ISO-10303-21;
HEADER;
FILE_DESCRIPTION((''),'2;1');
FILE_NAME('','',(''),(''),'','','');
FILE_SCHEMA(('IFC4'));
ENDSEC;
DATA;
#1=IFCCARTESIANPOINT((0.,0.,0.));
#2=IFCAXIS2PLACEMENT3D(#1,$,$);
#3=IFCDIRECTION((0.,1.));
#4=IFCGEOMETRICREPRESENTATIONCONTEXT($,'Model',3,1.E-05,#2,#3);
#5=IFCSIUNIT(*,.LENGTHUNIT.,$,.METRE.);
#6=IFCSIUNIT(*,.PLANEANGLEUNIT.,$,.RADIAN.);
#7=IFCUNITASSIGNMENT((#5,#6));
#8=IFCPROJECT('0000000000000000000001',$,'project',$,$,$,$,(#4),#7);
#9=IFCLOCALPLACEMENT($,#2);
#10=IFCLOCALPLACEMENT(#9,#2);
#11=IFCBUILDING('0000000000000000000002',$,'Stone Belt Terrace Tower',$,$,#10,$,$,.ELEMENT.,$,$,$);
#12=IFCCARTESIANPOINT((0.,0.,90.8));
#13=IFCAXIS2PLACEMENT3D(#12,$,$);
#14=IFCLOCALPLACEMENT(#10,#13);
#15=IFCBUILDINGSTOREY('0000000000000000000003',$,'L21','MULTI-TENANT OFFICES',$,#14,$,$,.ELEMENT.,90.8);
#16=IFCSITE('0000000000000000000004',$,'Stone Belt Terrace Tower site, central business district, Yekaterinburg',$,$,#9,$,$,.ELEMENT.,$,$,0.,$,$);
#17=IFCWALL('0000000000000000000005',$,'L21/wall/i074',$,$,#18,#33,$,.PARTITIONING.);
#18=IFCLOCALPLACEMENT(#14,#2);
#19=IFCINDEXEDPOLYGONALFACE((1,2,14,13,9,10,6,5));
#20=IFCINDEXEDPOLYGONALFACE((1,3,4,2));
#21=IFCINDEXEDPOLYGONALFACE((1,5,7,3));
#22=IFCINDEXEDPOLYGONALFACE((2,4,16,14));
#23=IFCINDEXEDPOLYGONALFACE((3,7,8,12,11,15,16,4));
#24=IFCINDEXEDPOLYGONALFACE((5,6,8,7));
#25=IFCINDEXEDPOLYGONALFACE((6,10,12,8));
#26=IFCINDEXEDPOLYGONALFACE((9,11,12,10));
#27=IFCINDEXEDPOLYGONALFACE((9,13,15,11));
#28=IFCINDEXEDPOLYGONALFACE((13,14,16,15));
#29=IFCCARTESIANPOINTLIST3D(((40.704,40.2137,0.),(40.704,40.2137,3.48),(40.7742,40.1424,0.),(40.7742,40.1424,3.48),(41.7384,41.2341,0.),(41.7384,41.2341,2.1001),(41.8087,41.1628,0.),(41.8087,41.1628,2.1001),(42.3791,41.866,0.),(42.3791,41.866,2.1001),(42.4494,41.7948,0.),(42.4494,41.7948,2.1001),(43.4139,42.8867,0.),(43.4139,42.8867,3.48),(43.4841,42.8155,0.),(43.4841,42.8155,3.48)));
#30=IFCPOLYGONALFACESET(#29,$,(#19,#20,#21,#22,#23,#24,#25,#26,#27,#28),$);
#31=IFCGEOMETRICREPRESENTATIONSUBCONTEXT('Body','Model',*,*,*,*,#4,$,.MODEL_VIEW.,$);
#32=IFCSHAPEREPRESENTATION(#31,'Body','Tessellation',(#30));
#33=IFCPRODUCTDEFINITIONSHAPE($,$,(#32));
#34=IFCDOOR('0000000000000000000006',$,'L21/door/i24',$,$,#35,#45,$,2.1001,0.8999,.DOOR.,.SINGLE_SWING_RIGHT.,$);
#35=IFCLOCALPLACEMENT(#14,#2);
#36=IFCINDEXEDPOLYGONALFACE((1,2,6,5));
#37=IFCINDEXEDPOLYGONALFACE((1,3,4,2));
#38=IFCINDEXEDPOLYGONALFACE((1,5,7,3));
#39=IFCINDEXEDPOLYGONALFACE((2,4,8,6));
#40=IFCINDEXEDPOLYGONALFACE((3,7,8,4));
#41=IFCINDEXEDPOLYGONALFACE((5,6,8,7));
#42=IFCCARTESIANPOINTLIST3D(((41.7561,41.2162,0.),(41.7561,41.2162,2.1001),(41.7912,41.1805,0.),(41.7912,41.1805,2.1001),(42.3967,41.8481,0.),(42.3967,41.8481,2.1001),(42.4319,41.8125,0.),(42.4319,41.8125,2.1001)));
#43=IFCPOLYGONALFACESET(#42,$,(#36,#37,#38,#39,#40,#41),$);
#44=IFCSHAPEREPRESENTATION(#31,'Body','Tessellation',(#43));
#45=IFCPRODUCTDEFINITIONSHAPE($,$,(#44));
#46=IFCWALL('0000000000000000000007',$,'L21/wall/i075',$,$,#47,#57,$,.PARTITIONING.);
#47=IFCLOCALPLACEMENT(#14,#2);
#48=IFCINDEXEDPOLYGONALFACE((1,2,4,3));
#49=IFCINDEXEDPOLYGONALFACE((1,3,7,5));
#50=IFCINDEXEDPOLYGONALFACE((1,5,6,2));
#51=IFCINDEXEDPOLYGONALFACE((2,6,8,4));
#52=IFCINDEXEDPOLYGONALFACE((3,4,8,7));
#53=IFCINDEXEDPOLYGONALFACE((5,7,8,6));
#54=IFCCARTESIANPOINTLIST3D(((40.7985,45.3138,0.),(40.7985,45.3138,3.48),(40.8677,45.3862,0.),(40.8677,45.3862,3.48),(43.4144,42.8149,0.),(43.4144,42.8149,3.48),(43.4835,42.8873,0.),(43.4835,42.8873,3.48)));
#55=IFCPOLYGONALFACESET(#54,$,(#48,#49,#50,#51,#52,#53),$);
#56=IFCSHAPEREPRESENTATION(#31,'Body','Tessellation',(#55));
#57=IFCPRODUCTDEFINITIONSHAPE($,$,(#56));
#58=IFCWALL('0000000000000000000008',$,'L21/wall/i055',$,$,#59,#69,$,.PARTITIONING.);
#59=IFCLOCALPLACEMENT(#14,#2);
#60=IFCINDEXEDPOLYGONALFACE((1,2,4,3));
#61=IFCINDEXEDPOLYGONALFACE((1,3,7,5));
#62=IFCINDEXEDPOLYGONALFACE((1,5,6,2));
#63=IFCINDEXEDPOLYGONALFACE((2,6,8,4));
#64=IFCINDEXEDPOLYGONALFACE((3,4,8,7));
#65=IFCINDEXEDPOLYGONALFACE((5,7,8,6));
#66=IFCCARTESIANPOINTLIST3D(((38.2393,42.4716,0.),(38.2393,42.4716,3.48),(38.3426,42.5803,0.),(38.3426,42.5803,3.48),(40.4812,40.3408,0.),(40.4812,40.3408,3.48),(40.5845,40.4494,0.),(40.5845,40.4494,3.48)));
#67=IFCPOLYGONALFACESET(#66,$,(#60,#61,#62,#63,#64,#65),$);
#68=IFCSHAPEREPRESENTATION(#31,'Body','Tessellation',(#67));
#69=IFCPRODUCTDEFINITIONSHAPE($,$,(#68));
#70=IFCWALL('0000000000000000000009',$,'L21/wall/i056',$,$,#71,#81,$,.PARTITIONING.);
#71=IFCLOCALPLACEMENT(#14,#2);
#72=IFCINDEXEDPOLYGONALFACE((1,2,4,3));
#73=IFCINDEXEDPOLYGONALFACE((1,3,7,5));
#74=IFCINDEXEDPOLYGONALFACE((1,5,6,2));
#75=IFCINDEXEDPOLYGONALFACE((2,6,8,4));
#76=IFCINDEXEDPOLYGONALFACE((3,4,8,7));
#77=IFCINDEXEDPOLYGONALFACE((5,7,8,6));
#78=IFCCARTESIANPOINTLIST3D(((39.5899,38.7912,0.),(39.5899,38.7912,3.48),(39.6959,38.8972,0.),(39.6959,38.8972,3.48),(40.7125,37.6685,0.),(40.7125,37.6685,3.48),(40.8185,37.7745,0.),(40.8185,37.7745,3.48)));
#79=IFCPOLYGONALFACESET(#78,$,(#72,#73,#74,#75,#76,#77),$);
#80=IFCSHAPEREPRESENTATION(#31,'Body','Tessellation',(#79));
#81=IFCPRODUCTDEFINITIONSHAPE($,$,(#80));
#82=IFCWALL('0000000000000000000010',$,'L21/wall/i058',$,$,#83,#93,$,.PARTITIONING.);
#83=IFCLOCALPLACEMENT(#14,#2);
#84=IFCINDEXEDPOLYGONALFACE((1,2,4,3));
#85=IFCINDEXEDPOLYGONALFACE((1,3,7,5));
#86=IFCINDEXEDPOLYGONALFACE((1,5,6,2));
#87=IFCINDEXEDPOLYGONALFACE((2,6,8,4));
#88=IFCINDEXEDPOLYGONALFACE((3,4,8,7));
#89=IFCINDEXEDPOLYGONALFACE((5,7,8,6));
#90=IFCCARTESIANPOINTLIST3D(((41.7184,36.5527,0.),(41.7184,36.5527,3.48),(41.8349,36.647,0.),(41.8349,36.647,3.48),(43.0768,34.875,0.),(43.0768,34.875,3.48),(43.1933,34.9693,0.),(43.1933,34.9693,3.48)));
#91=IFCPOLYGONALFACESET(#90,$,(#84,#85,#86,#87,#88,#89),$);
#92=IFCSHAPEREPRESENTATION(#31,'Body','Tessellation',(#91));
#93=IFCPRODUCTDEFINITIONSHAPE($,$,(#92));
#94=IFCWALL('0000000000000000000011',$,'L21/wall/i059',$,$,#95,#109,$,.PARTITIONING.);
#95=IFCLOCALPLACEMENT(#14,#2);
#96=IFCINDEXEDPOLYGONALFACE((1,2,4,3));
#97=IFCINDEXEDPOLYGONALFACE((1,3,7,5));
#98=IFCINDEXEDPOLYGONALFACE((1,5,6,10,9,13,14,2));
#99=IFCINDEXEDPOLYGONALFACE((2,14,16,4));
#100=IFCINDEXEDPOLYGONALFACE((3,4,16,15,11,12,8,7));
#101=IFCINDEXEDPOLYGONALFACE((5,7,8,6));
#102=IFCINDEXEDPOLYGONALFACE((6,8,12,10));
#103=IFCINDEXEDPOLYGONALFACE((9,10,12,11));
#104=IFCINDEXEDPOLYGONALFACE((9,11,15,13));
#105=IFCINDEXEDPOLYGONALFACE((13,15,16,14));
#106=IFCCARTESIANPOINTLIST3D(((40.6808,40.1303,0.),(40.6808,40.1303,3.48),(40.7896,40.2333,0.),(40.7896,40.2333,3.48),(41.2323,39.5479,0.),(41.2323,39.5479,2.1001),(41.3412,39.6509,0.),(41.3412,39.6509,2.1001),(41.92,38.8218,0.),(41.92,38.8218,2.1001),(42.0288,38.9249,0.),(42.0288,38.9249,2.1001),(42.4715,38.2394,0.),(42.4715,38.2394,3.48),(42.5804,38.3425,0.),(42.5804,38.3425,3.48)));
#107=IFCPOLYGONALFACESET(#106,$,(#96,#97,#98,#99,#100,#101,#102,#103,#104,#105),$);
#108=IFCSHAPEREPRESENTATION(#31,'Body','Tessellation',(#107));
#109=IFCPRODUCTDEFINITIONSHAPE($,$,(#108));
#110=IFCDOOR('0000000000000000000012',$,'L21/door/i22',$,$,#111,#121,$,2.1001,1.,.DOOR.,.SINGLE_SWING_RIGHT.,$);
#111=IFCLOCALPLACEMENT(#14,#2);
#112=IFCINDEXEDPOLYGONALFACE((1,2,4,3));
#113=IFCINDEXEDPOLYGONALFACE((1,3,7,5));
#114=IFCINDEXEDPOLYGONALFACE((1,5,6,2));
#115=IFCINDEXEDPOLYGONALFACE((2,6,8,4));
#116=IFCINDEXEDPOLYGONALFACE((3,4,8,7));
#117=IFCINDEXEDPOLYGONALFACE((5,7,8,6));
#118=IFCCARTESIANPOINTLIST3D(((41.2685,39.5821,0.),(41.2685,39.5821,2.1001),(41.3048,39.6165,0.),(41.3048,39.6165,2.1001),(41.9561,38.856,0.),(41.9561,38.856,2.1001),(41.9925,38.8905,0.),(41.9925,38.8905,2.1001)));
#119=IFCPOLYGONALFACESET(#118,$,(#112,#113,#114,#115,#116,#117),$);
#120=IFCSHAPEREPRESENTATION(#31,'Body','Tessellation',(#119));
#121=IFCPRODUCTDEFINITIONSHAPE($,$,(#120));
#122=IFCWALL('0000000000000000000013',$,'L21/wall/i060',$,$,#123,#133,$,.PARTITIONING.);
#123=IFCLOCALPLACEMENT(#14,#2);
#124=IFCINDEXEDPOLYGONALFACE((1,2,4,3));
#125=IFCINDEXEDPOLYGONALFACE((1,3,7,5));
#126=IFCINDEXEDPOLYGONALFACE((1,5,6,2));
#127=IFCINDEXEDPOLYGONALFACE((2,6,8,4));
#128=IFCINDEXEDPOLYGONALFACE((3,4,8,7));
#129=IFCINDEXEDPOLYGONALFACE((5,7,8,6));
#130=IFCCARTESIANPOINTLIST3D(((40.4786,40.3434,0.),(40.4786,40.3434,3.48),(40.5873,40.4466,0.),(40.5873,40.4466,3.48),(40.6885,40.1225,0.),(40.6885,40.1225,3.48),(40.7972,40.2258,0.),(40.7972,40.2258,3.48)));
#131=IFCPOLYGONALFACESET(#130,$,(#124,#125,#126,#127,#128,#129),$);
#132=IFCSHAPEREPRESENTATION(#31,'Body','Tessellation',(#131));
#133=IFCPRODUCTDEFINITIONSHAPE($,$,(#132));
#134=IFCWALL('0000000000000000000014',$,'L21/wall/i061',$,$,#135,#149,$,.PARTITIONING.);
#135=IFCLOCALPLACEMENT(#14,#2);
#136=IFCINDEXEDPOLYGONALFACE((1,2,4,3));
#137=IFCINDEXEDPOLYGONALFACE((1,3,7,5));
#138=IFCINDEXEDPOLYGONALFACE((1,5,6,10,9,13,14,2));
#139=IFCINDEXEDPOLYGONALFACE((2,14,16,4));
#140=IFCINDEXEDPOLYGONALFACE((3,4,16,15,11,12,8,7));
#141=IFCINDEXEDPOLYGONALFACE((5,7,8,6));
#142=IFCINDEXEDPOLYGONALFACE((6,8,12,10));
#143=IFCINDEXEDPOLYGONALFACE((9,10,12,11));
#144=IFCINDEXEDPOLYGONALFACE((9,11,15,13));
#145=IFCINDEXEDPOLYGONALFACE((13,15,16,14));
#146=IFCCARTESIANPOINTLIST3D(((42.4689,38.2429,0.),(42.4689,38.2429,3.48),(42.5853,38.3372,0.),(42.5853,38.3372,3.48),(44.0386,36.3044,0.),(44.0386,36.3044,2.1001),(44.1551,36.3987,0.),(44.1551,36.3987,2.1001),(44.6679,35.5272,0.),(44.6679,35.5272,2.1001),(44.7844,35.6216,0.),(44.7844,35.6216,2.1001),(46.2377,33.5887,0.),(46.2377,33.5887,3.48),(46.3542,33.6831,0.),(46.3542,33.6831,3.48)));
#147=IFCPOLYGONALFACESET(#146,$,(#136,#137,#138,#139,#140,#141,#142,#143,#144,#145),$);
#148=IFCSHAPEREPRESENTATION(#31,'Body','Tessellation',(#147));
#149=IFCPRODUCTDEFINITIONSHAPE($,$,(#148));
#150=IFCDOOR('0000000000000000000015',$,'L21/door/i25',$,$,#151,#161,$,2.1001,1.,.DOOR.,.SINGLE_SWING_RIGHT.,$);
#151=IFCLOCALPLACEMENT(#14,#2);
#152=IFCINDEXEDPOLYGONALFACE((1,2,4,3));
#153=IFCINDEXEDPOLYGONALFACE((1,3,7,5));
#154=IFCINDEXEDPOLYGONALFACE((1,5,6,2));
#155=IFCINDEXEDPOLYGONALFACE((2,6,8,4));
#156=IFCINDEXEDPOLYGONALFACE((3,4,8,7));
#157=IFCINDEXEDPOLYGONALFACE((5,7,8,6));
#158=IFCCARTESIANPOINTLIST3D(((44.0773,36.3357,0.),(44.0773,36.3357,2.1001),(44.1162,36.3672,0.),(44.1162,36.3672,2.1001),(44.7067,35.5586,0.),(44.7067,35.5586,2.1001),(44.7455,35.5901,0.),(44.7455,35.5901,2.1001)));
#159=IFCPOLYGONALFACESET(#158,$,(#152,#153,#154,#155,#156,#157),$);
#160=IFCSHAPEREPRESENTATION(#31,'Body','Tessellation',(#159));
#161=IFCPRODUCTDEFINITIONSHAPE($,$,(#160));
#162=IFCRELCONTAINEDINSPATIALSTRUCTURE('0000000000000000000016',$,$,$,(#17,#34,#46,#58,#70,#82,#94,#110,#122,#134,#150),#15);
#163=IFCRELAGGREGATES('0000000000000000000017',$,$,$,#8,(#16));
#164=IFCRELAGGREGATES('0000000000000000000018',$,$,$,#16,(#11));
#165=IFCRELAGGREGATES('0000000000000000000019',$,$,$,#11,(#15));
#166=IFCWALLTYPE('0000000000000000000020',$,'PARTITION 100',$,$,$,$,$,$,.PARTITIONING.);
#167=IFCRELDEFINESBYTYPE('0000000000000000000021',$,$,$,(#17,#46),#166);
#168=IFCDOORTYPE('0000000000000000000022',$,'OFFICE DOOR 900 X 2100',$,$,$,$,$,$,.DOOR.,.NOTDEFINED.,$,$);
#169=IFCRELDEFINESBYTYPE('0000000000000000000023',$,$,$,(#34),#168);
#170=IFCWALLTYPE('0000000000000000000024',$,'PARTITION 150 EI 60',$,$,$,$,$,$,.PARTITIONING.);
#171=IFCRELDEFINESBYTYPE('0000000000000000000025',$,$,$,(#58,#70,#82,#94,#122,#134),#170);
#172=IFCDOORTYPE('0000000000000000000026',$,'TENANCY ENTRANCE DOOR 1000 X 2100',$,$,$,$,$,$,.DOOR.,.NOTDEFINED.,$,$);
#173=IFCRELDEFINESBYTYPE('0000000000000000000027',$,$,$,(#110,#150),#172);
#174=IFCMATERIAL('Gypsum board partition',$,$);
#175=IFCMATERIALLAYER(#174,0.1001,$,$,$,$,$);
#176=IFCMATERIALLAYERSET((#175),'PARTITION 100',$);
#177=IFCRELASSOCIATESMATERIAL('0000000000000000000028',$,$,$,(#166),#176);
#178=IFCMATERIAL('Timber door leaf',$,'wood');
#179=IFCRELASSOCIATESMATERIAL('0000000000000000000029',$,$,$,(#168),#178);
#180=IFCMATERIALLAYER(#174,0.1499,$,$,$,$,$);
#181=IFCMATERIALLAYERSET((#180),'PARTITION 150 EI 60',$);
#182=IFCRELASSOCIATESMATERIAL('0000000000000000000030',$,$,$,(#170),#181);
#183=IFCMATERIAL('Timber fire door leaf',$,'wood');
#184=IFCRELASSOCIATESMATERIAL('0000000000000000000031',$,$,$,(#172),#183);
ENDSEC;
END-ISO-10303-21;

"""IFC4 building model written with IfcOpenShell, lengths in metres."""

from ifc_helpers import new_model, si_unit, direction, frame, frame_2d, origin, place, context, subcontext, project, spatial, rectangle, extrude, material, layer, layer_set, type_object, element, fill, save


model = new_model("IFC4")

# Units and contexts
model_context = context("Model", 3, precision=1e-05, world=origin(), true_north=direction((0.0, 1.0)))
body_context = subcontext(model_context, "Body", "Model", "MODEL_VIEW")
ifc_project = project(units=[si_unit("LENGTHUNIT", "METRE"), si_unit("PLANEANGLEUNIT", "RADIAN")], contexts=[model_context])

# Site, building, storey
site_placement = place(None, origin())
site = spatial("IfcSite", under=ifc_project, at=site_placement, Name="Stone Belt Terrace Tower site, central business district, Yekaterinburg", CompositionType="ELEMENT", RefElevation=0.0)
building_placement = place(site_placement, origin())
building = spatial("IfcBuilding", under=site, at=building_placement, Name="Stone Belt Terrace Tower", CompositionType="ELEMENT")
storey_placement = place(building_placement, frame((0.0, 0.0, 90.8)))
storey = spatial("IfcBuildingStorey", under=building, at=storey_placement, Name="L21", Description="MULTI-TENANT OFFICES", CompositionType="ELEMENT", Elevation=90.8)

# Shared definitions
ifc_material_1 = material(Name="Gypsum board partition")
ifc_layer_1 = layer(ifc_material_1, 0.1001)
ifc_layer_set_1 = layer_set([ifc_layer_1], Name="PARTITION 100")
wall_type_1 = type_object("IfcWallType", Name="PARTITION 100", PredefinedType="PARTITIONING", material=ifc_layer_set_1)

# Wall, opening, door
wall_1_placement = place(storey_placement, frame((40.739, 40.178, 0.0), z_axis=(0.0, 0.0, 1.0), x_axis=(0.711933, 0.702248, 0.0)))
wall_1 = element("IfcWall", 1, at=wall_1_placement, inside=storey, type_object=wall_type_1, Name="L21/wall/i074", PredefinedType="PARTITIONING", context=body_context, shape_type="SweptSolid", body=[
    extrude(rectangle(XDim=3.8064, YDim=0.1001, at=frame_2d((1.9033, 0.0))), origin(), (0.0, 0.0, 1.0), 3.48),
])
opening_1_placement = place(wall_1_placement, frame((1.4531, 0.0, 0.0)))
opening_1 = element("IfcOpeningElement", 2, at=opening_1_placement, cuts=wall_1, PredefinedType="OPENING", context=body_context, shape_type="SweptSolid", body=[
    extrude(rectangle(XDim=0.8999, YDim=2.1001, at=frame_2d((0.45, 1.05))), frame((0.0, 0.0601, 0.0), z_axis=(0.0, -1.0, 0.0), x_axis=(1.0, 0.0, 0.0)), (0.0, 0.0, 1.0), 0.1201),
])
ifc_material_2 = material(Name="Timber door leaf", Category="wood")
door_type_1 = type_object("IfcDoorType", Name="OFFICE DOOR 900 X 2100", OperationType="NOTDEFINED", PredefinedType="DOOR", material=ifc_material_2)
door_1_placement = place(opening_1_placement, origin())
door_1 = element("IfcDoor", 3, at=door_1_placement, inside=storey, type_object=door_type_1, Name="L21/door/i24", OperationType="SINGLE_SWING_RIGHT", OverallHeight=2.1001, OverallWidth=0.8999, PredefinedType="DOOR", context=body_context, shape_type="SweptSolid", body=[
    extrude(rectangle(XDim=0.8999, YDim=2.1001, at=frame_2d((0.45, 1.05))), frame((0.0, 0.0249, 0.0), z_axis=(0.0, -1.0, 0.0), x_axis=(1.0, 0.0, 0.0)), (0.0, 0.0, 1.0), 0.05),
])
fill(opening_1, door_1)

# Walls
wall_2_placement = place(storey_placement, frame((43.449, 42.8511, 0.0), z_axis=(0.0, 0.0, 1.0), x_axis=(-0.723084, 0.69076, 0.0)))
element("IfcWall", 4, at=wall_2_placement, inside=storey, type_object=wall_type_1, Name="L21/wall/i075", PredefinedType="PARTITIONING", context=body_context, shape_type="SweptSolid", body=[
    extrude(rectangle(XDim=3.6177, YDim=0.1001, at=frame_2d((1.8088, 0.0))), origin(), (0.0, 0.0, 1.0), 3.48),
])
ifc_layer_2 = layer(ifc_material_1, 0.1499)
ifc_layer_set_2 = layer_set([ifc_layer_2], Name="PARTITION 150 EI 60")
wall_type_2 = type_object("IfcWallType", Name="PARTITION 150 EI 60", PredefinedType="PARTITIONING", material=ifc_layer_set_2)
wall_3_placement = place(storey_placement, frame((38.291, 42.5259, 0.0), z_axis=(0.0, 0.0, 1.0), x_axis=(0.724836, -0.688922, 0.0)))
element("IfcWall", 5, at=wall_3_placement, inside=storey, type_object=wall_type_2, Name="L21/wall/i055", PredefinedType="PARTITIONING", context=body_context, shape_type="SweptSolid", body=[
    extrude(rectangle(XDim=3.093, YDim=0.1499, at=frame_2d((1.5464, 0.0))), origin(), (0.0, 0.0, 1.0), 3.48),
])
wall_4_placement = place(storey_placement, frame((40.7656, 37.7214, 0.0), z_axis=(0.0, 0.0, 1.0), x_axis=(-0.707107, 0.707107, 0.0)))
element("IfcWall", 6, at=wall_4_placement, inside=storey, type_object=wall_type_2, Name="L21/wall/i056", PredefinedType="PARTITIONING", context=body_context, shape_type="SweptSolid", body=[
    extrude(rectangle(XDim=1.5876, YDim=0.1499, at=frame_2d((0.7939, 0.0))), origin(), (0.0, 0.0, 1.0), 3.48),
])
wall_5_placement = place(storey_placement, frame((43.135, 34.9221, 0.0), z_axis=(0.0, 0.0, 1.0), x_axis=(-0.629263, 0.777192, 0.0)))
element("IfcWall", 7, at=wall_5_placement, inside=storey, type_object=wall_type_2, Name="L21/wall/i058", PredefinedType="PARTITIONING", context=body_context, shape_type="SweptSolid", body=[
    extrude(rectangle(XDim=2.1587, YDim=0.1499, at=frame_2d((1.0793, 0.0))), origin(), (0.0, 0.0, 1.0), 3.48),
])

# Wall, opening, door
wall_6_placement = place(storey_placement, frame((40.7351, 40.1819, 0.0), z_axis=(0.0, 0.0, 1.0), x_axis=(0.687628, -0.726064, 0.0)))
wall_6 = element("IfcWall", 8, at=wall_6_placement, inside=storey, type_object=wall_type_2, Name="L21/wall/i059", PredefinedType="PARTITIONING", context=body_context, shape_type="SweptSolid", body=[
    extrude(rectangle(XDim=2.6042, YDim=0.1499, at=frame_2d((1.3022, 0.0))), origin(), (0.0, 0.0, 1.0), 3.48),
])
opening_2_placement = place(wall_6_placement, frame((0.8022, 0.0, 0.0)))
opening_2 = element("IfcOpeningElement", 9, at=opening_2_placement, cuts=wall_6, PredefinedType="OPENING", context=body_context, shape_type="SweptSolid", body=[
    extrude(rectangle(XDim=1.0, YDim=2.1001, at=frame_2d((0.5, 1.05))), frame((0.0, 0.085, 0.0), z_axis=(0.0, -1.0, 0.0), x_axis=(1.0, 0.0, 0.0)), (0.0, 0.0, 1.0), 0.1699),
])
ifc_material_3 = material(Name="Timber fire door leaf", Category="wood")
door_type_2 = type_object("IfcDoorType", Name="TENANCY ENTRANCE DOOR 1000 X 2100", OperationType="NOTDEFINED", PredefinedType="DOOR", material=ifc_material_3)
door_2_placement = place(opening_2_placement, origin())
door_2 = element("IfcDoor", 10, at=door_2_placement, inside=storey, type_object=door_type_2, Name="L21/door/i22", OperationType="SINGLE_SWING_RIGHT", OverallHeight=2.1001, OverallWidth=1.0, PredefinedType="DOOR", context=body_context, shape_type="SweptSolid", body=[
    extrude(rectangle(XDim=1.0, YDim=2.1001, at=frame_2d((0.5, 1.05))), frame((0.0, 0.0249, 0.0), z_axis=(0.0, -1.0, 0.0), x_axis=(1.0, 0.0, 0.0)), (0.0, 0.0, 1.0), 0.05),
])
fill(opening_2, door_2)

# Wall
wall_7_placement = place(storey_placement, frame((40.533, 40.395, 0.0), z_axis=(0.0, 0.0, 1.0), x_axis=(0.688855, -0.724899, 0.0)))
element("IfcWall", 11, at=wall_7_placement, inside=storey, type_object=wall_type_2, Name="L21/wall/i060", PredefinedType="PARTITIONING", context=body_context, shape_type="SweptSolid", body=[
    extrude(rectangle(XDim=0.3047, YDim=0.1499, at=frame_2d((0.1523, 0.0))), origin(), (0.0, 0.0, 1.0), 3.48),
])

# Wall, opening, door
wall_8_placement = place(storey_placement, frame((42.5271, 38.29, 0.0), z_axis=(0.0, 0.0, 1.0), x_axis=(0.629323, -0.777144, 0.0)))
wall_8 = element("IfcWall", 12, at=wall_8_placement, inside=storey, type_object=wall_type_2, Name="L21/wall/i061", PredefinedType="PARTITIONING", context=body_context, shape_type="SweptSolid", body=[
    extrude(rectangle(XDim=5.9888, YDim=0.1499, at=frame_2d((2.9944, 0.0))), origin(), (0.0, 0.0, 1.0), 3.48),
])
opening_3_placement = place(wall_8_placement, frame((2.4944, 0.0, 0.0)))
opening_3 = element("IfcOpeningElement", 13, at=opening_3_placement, cuts=wall_8, PredefinedType="OPENING", context=body_context, shape_type="SweptSolid", body=[
    extrude(rectangle(XDim=1.0, YDim=2.1001, at=frame_2d((0.5, 1.05))), frame((0.0, 0.085, 0.0), z_axis=(0.0, -1.0, 0.0), x_axis=(1.0, 0.0, 0.0)), (0.0, 0.0, 1.0), 0.1699),
])
door_3_placement = place(opening_3_placement, origin())
door_3 = element("IfcDoor", 14, at=door_3_placement, inside=storey, type_object=door_type_2, Name="L21/door/i25", OperationType="SINGLE_SWING_RIGHT", OverallHeight=2.1001, OverallWidth=1.0, PredefinedType="DOOR", context=body_context, shape_type="SweptSolid", body=[
    extrude(rectangle(XDim=1.0, YDim=2.1001, at=frame_2d((0.5, 1.05))), frame((0.0, 0.0249, 0.0), z_axis=(0.0, -1.0, 0.0), x_axis=(1.0, 0.0, 0.0)), (0.0, 0.0, 1.0), 0.05),
])
fill(opening_3, door_3)

save(model, "model.ifc")
